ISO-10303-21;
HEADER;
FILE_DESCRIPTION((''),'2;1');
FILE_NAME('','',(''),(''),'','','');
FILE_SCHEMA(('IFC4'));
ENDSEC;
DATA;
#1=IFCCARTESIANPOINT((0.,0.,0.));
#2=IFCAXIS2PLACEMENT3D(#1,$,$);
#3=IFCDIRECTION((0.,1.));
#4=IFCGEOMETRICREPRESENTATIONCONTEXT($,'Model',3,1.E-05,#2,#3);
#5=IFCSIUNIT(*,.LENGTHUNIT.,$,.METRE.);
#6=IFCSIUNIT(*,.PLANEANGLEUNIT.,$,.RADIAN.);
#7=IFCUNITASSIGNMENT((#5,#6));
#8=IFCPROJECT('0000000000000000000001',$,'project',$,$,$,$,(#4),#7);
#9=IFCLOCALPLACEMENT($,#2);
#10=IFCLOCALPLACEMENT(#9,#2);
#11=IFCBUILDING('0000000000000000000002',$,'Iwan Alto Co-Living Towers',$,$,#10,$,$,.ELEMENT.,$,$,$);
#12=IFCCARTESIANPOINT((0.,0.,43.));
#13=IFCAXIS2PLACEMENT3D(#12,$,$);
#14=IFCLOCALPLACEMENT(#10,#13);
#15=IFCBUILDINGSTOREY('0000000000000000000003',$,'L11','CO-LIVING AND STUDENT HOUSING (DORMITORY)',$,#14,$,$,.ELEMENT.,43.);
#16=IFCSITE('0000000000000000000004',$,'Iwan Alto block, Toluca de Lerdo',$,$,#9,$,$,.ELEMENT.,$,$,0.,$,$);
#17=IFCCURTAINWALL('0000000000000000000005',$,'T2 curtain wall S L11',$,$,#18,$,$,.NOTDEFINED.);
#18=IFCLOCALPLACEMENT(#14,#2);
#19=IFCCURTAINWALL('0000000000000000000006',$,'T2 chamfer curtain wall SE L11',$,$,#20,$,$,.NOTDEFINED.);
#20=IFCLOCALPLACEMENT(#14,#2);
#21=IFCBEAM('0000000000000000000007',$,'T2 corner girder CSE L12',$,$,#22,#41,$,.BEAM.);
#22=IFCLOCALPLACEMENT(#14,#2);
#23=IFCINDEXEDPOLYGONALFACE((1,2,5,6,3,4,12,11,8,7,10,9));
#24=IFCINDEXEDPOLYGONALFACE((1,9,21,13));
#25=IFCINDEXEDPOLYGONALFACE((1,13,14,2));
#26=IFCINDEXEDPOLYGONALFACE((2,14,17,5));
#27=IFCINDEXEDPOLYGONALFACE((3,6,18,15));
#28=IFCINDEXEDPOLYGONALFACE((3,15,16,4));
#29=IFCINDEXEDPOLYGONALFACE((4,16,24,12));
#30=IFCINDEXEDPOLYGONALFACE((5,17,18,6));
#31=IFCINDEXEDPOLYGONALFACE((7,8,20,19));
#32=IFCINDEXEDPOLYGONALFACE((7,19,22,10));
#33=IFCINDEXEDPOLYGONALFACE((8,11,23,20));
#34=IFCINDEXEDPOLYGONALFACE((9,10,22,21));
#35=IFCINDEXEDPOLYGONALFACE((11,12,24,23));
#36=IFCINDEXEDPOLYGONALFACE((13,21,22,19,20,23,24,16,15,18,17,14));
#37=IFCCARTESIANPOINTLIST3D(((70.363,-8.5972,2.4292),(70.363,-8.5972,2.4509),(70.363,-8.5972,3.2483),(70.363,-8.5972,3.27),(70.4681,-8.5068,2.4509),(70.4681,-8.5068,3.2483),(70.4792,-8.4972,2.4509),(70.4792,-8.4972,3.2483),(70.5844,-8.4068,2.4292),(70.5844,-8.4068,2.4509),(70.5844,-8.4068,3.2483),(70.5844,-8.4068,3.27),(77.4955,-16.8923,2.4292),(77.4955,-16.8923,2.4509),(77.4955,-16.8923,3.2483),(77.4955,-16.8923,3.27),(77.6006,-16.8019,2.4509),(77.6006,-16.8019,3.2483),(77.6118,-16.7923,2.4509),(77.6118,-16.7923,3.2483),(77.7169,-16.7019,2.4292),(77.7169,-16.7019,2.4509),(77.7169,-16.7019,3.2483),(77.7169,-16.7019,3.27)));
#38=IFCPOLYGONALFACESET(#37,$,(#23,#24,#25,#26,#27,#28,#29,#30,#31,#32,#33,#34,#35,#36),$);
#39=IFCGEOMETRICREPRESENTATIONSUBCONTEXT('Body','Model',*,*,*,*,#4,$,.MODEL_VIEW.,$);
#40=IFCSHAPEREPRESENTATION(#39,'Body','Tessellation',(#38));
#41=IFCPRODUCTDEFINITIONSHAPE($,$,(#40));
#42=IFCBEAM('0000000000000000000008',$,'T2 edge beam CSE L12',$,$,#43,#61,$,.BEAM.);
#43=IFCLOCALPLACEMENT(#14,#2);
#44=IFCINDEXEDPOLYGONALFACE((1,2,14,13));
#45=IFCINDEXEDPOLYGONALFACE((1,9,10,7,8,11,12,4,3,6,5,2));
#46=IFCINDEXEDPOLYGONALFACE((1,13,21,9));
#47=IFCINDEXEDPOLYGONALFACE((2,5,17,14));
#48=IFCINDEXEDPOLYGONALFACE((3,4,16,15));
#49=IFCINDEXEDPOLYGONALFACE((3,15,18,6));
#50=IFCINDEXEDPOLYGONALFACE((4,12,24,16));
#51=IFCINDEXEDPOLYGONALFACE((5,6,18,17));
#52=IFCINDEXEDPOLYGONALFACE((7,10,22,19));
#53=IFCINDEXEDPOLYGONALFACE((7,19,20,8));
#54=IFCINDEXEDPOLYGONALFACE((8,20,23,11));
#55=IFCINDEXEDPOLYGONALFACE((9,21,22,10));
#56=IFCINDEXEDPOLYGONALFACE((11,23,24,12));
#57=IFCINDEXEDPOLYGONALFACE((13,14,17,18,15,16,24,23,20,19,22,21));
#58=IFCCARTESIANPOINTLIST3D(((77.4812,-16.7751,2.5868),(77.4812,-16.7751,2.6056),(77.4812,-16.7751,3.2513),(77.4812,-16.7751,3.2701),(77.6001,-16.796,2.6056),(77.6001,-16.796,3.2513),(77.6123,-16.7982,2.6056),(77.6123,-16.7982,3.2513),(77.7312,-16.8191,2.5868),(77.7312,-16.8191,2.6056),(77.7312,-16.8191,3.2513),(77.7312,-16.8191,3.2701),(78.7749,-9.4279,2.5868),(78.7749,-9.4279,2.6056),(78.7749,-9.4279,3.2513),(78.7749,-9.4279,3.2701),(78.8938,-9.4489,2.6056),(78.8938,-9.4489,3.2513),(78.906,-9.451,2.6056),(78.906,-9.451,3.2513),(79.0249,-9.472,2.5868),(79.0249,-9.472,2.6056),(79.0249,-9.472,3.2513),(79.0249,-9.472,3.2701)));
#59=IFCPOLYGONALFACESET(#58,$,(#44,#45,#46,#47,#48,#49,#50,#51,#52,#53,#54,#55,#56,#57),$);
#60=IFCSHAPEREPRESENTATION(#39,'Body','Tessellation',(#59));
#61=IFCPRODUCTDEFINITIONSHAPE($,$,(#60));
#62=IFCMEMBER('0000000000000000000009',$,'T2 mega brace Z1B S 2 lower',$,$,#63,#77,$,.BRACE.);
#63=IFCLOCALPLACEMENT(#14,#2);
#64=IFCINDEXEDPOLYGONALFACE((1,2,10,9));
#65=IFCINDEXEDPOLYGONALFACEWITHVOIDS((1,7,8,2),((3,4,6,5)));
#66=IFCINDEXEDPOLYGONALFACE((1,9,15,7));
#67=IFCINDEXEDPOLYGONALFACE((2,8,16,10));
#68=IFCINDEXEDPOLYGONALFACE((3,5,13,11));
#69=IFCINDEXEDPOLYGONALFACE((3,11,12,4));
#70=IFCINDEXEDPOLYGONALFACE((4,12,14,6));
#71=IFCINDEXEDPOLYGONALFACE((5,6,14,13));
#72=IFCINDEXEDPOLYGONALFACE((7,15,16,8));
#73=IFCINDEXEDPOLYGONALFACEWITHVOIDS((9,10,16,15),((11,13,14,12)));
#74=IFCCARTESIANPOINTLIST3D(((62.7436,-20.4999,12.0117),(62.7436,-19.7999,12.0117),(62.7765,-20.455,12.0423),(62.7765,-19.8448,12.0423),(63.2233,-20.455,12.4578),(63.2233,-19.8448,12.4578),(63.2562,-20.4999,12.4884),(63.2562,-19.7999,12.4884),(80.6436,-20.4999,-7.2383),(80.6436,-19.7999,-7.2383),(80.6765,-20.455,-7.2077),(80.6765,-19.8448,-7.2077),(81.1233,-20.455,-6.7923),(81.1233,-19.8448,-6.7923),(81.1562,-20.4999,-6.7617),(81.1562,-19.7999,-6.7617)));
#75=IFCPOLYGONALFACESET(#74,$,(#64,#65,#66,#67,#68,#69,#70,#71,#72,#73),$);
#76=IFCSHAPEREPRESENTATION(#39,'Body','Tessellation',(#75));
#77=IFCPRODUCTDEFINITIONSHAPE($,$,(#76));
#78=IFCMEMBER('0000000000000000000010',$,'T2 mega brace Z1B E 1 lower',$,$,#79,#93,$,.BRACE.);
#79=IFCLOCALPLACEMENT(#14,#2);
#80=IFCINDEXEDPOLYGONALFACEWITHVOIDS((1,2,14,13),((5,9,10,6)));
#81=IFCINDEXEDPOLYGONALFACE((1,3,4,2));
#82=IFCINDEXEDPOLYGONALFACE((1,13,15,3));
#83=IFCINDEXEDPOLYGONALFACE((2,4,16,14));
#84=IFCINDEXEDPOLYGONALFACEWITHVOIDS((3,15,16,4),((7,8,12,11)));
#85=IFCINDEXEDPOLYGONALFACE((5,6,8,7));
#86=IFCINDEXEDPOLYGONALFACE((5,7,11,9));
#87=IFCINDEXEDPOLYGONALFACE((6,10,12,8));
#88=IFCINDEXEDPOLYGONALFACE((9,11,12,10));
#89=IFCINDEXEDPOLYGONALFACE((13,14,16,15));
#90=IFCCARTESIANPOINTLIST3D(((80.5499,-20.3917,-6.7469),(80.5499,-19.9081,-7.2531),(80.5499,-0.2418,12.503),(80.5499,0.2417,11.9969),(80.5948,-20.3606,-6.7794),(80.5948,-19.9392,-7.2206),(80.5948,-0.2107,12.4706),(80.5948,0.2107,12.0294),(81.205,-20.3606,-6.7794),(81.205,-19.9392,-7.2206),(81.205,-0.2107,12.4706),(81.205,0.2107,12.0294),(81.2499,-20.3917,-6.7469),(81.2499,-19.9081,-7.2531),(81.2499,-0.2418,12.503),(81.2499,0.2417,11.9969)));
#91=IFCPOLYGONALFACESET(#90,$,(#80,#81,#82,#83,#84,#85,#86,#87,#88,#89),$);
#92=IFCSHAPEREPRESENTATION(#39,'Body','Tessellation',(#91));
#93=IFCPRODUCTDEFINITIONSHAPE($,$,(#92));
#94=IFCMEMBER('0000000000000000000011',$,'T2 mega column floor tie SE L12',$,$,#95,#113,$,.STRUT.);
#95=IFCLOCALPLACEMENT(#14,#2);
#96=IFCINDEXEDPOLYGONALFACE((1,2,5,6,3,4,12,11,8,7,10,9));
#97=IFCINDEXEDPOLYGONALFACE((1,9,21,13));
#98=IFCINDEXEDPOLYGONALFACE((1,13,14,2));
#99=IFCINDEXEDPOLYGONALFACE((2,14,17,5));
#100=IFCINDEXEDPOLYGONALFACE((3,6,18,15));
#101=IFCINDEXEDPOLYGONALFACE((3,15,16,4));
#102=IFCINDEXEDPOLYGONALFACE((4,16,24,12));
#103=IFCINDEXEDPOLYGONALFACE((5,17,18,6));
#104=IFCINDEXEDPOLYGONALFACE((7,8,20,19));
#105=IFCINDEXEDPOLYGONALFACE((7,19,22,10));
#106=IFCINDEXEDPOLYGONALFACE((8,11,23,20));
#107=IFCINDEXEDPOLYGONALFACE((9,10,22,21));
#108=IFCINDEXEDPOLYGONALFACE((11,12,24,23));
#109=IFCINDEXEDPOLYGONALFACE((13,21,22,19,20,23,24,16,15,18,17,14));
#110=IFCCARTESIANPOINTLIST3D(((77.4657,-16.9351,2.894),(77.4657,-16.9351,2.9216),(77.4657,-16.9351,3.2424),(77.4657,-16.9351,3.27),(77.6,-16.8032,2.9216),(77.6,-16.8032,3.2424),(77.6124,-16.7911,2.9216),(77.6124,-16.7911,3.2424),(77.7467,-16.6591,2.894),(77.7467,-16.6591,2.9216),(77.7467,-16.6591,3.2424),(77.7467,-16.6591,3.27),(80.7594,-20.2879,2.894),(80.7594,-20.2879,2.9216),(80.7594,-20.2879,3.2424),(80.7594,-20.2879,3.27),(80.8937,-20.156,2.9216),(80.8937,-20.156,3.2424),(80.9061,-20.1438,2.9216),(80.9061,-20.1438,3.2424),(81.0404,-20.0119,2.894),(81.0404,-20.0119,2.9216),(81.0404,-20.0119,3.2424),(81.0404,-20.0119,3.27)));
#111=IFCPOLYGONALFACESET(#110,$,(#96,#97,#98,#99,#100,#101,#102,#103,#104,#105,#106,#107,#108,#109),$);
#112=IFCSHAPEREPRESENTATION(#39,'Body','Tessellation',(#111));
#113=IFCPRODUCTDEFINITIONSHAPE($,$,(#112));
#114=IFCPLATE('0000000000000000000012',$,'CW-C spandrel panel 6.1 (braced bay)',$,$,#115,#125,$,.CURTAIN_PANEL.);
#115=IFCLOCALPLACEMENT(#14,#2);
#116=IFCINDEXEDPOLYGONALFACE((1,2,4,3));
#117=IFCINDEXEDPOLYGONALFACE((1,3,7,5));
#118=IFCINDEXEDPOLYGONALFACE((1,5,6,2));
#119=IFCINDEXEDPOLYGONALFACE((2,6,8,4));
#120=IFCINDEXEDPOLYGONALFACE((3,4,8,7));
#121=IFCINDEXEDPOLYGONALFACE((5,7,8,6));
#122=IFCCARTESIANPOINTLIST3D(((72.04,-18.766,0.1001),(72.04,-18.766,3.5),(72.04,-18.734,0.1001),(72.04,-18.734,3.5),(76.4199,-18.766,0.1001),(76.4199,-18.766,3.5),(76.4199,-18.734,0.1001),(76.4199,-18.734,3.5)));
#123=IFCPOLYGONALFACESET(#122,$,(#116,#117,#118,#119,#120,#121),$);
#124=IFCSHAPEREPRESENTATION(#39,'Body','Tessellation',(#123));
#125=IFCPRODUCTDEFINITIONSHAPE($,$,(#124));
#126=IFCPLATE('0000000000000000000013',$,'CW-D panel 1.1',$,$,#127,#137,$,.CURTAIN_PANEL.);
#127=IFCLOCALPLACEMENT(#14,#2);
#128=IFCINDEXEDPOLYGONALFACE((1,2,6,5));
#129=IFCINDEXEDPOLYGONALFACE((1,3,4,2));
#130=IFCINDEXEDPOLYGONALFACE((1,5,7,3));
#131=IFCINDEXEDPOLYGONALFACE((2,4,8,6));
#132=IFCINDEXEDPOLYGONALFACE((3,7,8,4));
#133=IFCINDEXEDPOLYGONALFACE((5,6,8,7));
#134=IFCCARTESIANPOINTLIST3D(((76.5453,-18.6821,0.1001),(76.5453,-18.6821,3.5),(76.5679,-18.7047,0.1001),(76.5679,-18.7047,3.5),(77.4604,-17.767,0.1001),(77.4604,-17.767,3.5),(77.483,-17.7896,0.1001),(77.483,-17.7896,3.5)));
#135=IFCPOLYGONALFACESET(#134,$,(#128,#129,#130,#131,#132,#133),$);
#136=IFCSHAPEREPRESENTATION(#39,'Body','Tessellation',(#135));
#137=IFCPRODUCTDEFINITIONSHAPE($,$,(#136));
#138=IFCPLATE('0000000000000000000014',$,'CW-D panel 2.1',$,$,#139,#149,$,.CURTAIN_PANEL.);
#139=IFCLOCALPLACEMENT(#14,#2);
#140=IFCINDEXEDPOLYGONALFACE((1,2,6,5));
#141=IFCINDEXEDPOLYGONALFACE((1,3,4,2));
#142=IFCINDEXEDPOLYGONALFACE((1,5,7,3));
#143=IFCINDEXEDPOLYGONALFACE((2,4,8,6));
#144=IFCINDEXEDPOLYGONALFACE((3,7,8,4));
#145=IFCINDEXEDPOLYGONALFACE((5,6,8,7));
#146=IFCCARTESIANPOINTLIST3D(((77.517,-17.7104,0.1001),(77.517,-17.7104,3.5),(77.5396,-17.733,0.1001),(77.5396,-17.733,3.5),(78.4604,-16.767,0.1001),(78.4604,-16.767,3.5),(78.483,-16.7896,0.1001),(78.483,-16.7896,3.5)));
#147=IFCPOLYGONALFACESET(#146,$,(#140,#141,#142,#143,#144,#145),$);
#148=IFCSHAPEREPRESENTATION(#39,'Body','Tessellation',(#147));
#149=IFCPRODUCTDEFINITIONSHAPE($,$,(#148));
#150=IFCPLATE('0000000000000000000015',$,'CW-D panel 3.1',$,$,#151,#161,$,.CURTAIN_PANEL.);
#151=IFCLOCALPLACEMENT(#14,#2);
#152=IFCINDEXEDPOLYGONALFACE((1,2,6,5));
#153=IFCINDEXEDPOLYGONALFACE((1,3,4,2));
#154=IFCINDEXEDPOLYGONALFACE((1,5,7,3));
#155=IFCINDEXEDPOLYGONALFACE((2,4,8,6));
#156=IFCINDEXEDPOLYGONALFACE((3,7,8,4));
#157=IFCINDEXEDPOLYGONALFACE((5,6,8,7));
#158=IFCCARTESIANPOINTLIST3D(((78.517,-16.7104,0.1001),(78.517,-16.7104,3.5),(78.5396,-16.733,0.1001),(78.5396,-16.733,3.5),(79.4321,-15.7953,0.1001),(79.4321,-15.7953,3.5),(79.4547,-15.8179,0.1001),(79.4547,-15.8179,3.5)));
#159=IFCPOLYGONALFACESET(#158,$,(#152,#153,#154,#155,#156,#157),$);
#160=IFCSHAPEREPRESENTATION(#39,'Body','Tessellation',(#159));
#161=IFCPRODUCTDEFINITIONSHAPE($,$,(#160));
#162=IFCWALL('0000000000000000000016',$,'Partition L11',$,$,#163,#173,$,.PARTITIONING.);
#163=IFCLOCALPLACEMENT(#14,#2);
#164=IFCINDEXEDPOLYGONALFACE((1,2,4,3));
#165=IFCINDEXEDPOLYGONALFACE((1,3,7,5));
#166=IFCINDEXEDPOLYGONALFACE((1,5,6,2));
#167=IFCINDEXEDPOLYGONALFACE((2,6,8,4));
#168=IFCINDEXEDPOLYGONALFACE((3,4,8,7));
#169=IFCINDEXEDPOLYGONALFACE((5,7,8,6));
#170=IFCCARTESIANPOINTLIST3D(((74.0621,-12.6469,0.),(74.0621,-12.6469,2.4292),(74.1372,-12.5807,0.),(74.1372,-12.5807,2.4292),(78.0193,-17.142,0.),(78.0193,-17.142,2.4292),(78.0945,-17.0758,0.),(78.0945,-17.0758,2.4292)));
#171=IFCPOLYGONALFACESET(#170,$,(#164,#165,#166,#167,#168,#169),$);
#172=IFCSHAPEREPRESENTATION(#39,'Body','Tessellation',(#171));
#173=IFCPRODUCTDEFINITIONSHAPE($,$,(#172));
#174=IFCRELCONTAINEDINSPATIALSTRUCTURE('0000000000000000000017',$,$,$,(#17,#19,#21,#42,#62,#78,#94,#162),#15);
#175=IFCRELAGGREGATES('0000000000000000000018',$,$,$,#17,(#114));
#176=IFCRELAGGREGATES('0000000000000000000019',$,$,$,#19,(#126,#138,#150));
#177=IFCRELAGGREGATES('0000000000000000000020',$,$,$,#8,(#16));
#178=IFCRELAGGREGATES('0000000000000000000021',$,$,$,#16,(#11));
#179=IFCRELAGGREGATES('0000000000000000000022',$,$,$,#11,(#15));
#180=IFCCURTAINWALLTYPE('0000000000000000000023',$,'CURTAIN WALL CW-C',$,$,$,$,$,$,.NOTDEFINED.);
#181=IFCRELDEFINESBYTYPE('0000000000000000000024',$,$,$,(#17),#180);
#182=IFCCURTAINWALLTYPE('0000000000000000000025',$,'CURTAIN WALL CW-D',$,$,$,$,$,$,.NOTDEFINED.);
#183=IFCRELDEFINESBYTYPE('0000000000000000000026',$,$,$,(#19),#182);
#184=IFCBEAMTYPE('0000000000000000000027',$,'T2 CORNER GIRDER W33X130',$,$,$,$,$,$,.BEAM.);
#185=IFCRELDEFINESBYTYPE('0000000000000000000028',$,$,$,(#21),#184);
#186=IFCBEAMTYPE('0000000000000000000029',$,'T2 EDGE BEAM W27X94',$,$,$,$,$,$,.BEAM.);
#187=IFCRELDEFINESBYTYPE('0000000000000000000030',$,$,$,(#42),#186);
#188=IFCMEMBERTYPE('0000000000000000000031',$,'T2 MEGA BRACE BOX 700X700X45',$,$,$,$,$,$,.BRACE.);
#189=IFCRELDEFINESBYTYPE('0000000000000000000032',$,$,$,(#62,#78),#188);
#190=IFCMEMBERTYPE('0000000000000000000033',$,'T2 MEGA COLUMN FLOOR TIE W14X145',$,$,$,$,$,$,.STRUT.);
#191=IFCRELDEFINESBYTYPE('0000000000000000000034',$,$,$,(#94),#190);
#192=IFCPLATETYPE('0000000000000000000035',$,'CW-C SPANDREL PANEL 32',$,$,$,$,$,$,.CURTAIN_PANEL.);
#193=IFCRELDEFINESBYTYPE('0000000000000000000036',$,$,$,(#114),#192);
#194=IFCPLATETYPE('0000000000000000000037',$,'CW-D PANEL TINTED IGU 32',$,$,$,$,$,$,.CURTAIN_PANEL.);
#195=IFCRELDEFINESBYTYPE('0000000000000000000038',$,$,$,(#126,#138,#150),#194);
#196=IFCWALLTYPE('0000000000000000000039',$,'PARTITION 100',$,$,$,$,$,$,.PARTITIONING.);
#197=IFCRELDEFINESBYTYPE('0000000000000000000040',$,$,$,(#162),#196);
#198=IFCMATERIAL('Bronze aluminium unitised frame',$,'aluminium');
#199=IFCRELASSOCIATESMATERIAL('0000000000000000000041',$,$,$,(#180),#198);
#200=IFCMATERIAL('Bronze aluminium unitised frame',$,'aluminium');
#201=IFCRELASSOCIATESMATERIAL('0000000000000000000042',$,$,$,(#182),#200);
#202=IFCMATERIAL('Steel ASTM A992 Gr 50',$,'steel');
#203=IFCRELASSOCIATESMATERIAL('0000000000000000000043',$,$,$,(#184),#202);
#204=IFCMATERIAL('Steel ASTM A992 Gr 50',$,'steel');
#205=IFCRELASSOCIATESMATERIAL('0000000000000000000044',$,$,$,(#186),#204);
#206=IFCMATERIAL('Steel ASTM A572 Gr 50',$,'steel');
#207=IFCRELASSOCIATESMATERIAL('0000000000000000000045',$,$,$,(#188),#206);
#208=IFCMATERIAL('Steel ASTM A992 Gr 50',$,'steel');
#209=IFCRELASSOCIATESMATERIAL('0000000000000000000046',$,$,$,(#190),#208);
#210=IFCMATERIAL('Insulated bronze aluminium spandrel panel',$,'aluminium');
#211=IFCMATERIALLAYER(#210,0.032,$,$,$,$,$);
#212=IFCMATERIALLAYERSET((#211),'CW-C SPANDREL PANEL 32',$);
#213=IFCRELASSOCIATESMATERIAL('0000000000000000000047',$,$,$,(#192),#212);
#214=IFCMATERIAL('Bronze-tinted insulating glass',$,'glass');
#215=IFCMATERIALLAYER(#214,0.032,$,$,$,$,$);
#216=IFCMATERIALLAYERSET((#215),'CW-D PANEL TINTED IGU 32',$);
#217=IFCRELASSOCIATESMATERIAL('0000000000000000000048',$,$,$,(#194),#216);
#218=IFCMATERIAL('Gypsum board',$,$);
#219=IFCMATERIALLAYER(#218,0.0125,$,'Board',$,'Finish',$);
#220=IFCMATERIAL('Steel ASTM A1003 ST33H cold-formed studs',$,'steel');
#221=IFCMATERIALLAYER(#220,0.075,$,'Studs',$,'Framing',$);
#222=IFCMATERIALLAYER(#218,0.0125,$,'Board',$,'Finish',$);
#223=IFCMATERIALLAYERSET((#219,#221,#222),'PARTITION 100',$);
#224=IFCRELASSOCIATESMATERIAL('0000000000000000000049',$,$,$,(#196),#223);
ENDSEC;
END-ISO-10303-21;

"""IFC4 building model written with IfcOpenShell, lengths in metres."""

from ifc_helpers import new_model, si_unit, direction, frame, frame_2d, origin, origin_2d, place, context, subcontext, project, spatial, rectangle, hollow_rectangle, i_section, extrude, material, layer, layer_set, material_profile, profile_set, type_object, element, aggregate, save


model = new_model("IFC4")

# Units and contexts
model_context = context("Model", 3, precision=1e-05, world=origin(), true_north=direction((0.0, 1.0)))
body_context = subcontext(model_context, "Body", "Model", "MODEL_VIEW")
ifc_project = project(units=[si_unit("LENGTHUNIT", "METRE"), si_unit("PLANEANGLEUNIT", "RADIAN")], contexts=[model_context])

# Site, building, storey
site_placement = place(None, origin())
site = spatial("IfcSite", under=ifc_project, at=site_placement, Name="Iwan Alto block, Toluca de Lerdo", CompositionType="ELEMENT", RefElevation=0.0)
building_placement = place(site_placement, origin())
building = spatial("IfcBuilding", under=site, at=building_placement, Name="Iwan Alto Co-Living Towers", CompositionType="ELEMENT")
storey_placement = place(building_placement, frame((0.0, 0.0, 43.0)))
storey = spatial("IfcBuildingStorey", under=building, at=storey_placement, Name="L11", Description="CO-LIVING AND STUDENT HOUSING (DORMITORY)", CompositionType="ELEMENT", Elevation=43.0)

# Curtain wall
ifc_material_1 = material(Name="Bronze aluminium unitised frame", Category="aluminium")
curtain_wall_type_1 = type_object("IfcCurtainWallType", Name="CURTAIN WALL CW-C", PredefinedType="NOTDEFINED", material=ifc_material_1)
curtain_wall_1_placement = place(storey_placement, origin())
curtain_wall_1 = element("IfcCurtainWall", 1, at=curtain_wall_1_placement, inside=storey, type_object=curtain_wall_type_1, Name="T2 curtain wall S L11", PredefinedType="NOTDEFINED")

# Curtain wall
ifc_material_2 = material(Name="Bronze aluminium unitised frame", Category="aluminium")
curtain_wall_type_2 = type_object("IfcCurtainWallType", Name="CURTAIN WALL CW-D", PredefinedType="NOTDEFINED", material=ifc_material_2)
curtain_wall_2_placement = place(storey_placement, origin())
curtain_wall_2 = element("IfcCurtainWall", 2, at=curtain_wall_2_placement, inside=storey, type_object=curtain_wall_type_2, Name="T2 chamfer curtain wall SE L11", PredefinedType="NOTDEFINED")

# Beams
ifc_material_3 = material(Name="Steel ASTM A992 Gr 50", Category="steel")
ifc_material_profile_1 = material_profile(ifc_material_3, i_section(OverallWidth=0.292, OverallDepth=0.8408, WebThickness=0.0146, FlangeThickness=0.0217, at=origin_2d()), Name="W33X130")
ifc_profile_set_1 = profile_set([ifc_material_profile_1], Name="Steel ASTM A992 Gr 50")
beam_type_1 = type_object("IfcBeamType", Name="T2 CORNER GIRDER W33X130", PredefinedType="BEAM", material=ifc_profile_set_1)
beam_1_placement = place(storey_placement, frame((77.6062, -16.7971, 2.8496), z_axis=(-0.651972, 0.758243, 0.0), x_axis=(-0.758243, -0.651972, 0.0)))
element("IfcBeam", 3, at=beam_1_placement, inside=storey, type_object=beam_type_1, Name="T2 corner girder CSE L12", PredefinedType="BEAM", context=body_context, shape_type="SweptSolid", body=[
    extrude(i_section(OverallWidth=0.292, OverallDepth=0.8408, WebThickness=0.0146, FlangeThickness=0.0217, at=origin_2d()), origin(), (0.0, 0.0, 1.0), 10.9399),
])
ifc_material_4 = material(Name="Steel ASTM A992 Gr 50", Category="steel")
ifc_material_profile_2 = material_profile(ifc_material_4, i_section(OverallWidth=0.2539, OverallDepth=0.6833, WebThickness=0.0125, FlangeThickness=0.0188, at=origin_2d()), Name="W27X94")
ifc_profile_set_2 = profile_set([ifc_material_profile_2], Name="Steel ASTM A992 Gr 50")
beam_type_2 = type_object("IfcBeamType", Name="T2 EDGE BEAM W27X94", PredefinedType="BEAM", material=ifc_profile_set_2)
beam_2_placement = place(storey_placement, frame((77.6062, -16.7971, 2.9285), z_axis=(0.173414, 0.984849, 0.0), x_axis=(-0.984849, 0.173414, 0.0)))
element("IfcBeam", 4, at=beam_2_placement, inside=storey, type_object=beam_type_2, Name="T2 edge beam CSE L12", PredefinedType="BEAM", context=body_context, shape_type="SweptSolid", body=[
    extrude(i_section(OverallWidth=0.2539, OverallDepth=0.6833, WebThickness=0.0125, FlangeThickness=0.0188, at=origin_2d()), origin(), (0.0, 0.0, 1.0), 7.4602),
])

# Members
ifc_material_5 = material(Name="Steel ASTM A572 Gr 50", Category="steel")
ifc_material_profile_3 = material_profile(ifc_material_5, hollow_rectangle(XDim=0.7, YDim=0.7, WallThickness=0.0449, at=origin_2d()), Name="BOX 700X700X45")
ifc_profile_set_3 = profile_set([ifc_material_profile_3], Name="Steel ASTM A572 Gr 50")
member_type_1 = type_object("IfcMemberType", Name="T2 MEGA BRACE BOX 700X700X45", PredefinedType="BRACE", material=ifc_profile_set_3)
member_1_placement = place(storey_placement, frame((80.8999, -20.1499, -7.0), z_axis=(-0.68096, 0.0, 0.732321), x_axis=(0.0, -1.0, 0.0)))
element("IfcMember", 5, at=member_1_placement, inside=storey, type_object=member_type_1, Name="T2 mega brace Z1B S 2 lower", PredefinedType="BRACE", context=body_context, shape_type="SweptSolid", body=[
    extrude(hollow_rectangle(XDim=0.7, YDim=0.7, WallThickness=0.0449, at=origin_2d()), origin(), (0.0, 0.0, 1.0), 26.2864),
])
member_2_placement = place(storey_placement, frame((80.8999, -20.1499, -7.0), z_axis=(0.0, 0.723069, 0.690776), x_axis=(-1.0, 0.0, 0.0)))
element("IfcMember", 6, at=member_2_placement, inside=storey, type_object=member_type_1, Name="T2 mega brace Z1B E 1 lower", PredefinedType="BRACE", context=body_context, shape_type="SweptSolid", body=[
    extrude(hollow_rectangle(XDim=0.7, YDim=0.7, WallThickness=0.0449, at=origin_2d()), origin(), (0.0, 0.0, 1.0), 27.8672),
])
ifc_material_6 = material(Name="Steel ASTM A992 Gr 50", Category="steel")
ifc_material_profile_4 = material_profile(ifc_material_6, i_section(OverallWidth=0.3938, OverallDepth=0.376, WebThickness=0.0173, FlangeThickness=0.0276, at=origin_2d()), Name="W14X145")
ifc_profile_set_4 = profile_set([ifc_material_profile_4], Name="Steel ASTM A992 Gr 50")
member_type_2 = type_object("IfcMemberType", Name="T2 MEGA COLUMN FLOOR TIE W14X145", PredefinedType="STRUT", material=ifc_profile_set_4)
member_3_placement = place(storey_placement, frame((80.8999, -20.1499, 3.082), z_axis=(-0.700793, 0.713364, 0.0), x_axis=(-0.713364, -0.700793, 0.0)))
element("IfcMember", 7, at=member_3_placement, inside=storey, type_object=member_type_2, Name="T2 mega column floor tie SE L12", PredefinedType="STRUT", context=body_context, shape_type="SweptSolid", body=[
    extrude(i_section(OverallWidth=0.3938, OverallDepth=0.376, WebThickness=0.0173, FlangeThickness=0.0276, at=origin_2d()), origin(), (0.0, 0.0, 1.0), 4.7),
])

# Plates
ifc_material_7 = material(Name="Insulated bronze aluminium spandrel panel", Category="aluminium")
ifc_layer_1 = layer(ifc_material_7, 0.032)
ifc_layer_set_1 = layer_set([ifc_layer_1], Name="CW-C SPANDREL PANEL 32")
plate_type_1 = type_object("IfcPlateType", Name="CW-C SPANDREL PANEL 32", PredefinedType="CURTAIN_PANEL", material=ifc_layer_set_1)
plate_1_placement = place(storey_placement, frame((74.23, -18.75, 0.1001), z_axis=(0.0, 0.0, 1.0), x_axis=(1.0, 0.0, 0.0)))
plate_1 = element("IfcPlate", 8, at=plate_1_placement, type_object=plate_type_1, Name="CW-C spandrel panel 6.1 (braced bay)", PredefinedType="CURTAIN_PANEL", context=body_context, shape_type="SweptSolid", body=[
    extrude(rectangle(XDim=4.3799, YDim=0.032, at=origin_2d()), origin(), (0.0, 0.0, 1.0), 3.3999),
])
aggregate(curtain_wall_1, [plate_1])
ifc_material_8 = material(Name="Bronze-tinted insulating glass", Category="glass")
ifc_layer_2 = layer(ifc_material_8, 0.032)
ifc_layer_set_2 = layer_set([ifc_layer_2], Name="CW-D PANEL TINTED IGU 32")
plate_type_2 = type_object("IfcPlateType", Name="CW-D PANEL TINTED IGU 32", PredefinedType="CURTAIN_PANEL", material=ifc_layer_set_2)
plate_2_placement = place(storey_placement, frame((77.0142, -18.2358, 0.1001), z_axis=(0.0, 0.0, 1.0), x_axis=(0.707107, 0.707107, 0.0)))
plate_2 = element("IfcPlate", 9, at=plate_2_placement, type_object=plate_type_2, Name="CW-D panel 1.1", PredefinedType="CURTAIN_PANEL", context=body_context, shape_type="SweptSolid", body=[
    extrude(rectangle(XDim=1.2942, YDim=0.032, at=origin_2d()), origin(), (0.0, 0.0, 1.0), 3.3999),
])
plate_3_placement = place(storey_placement, frame((78.0, -17.25, 0.1001), z_axis=(0.0, 0.0, 1.0), x_axis=(0.707107, 0.707107, 0.0)))
plate_3 = element("IfcPlate", 10, at=plate_3_placement, type_object=plate_type_2, Name="CW-D panel 2.1", PredefinedType="CURTAIN_PANEL", context=body_context, shape_type="SweptSolid", body=[
    extrude(rectangle(XDim=1.3342, YDim=0.032, at=origin_2d()), origin(), (0.0, 0.0, 1.0), 3.3999),
])
plate_4_placement = place(storey_placement, frame((78.9858, -16.2642, 0.1001), z_axis=(0.0, 0.0, 1.0), x_axis=(0.707107, 0.707107, 0.0)))
plate_4 = element("IfcPlate", 11, at=plate_4_placement, type_object=plate_type_2, Name="CW-D panel 3.1", PredefinedType="CURTAIN_PANEL", context=body_context, shape_type="SweptSolid", body=[
    extrude(rectangle(XDim=1.2942, YDim=0.032, at=origin_2d()), origin(), (0.0, 0.0, 1.0), 3.3999),
])
aggregate(curtain_wall_2, [plate_2, plate_3, plate_4])

# Wall
ifc_material_9 = material(Name="Gypsum board")
ifc_layer_3 = layer(ifc_material_9, 0.0125, Name="Board", Category="Finish")
ifc_material_10 = material(Name="Steel ASTM A1003 ST33H cold-formed studs", Category="steel")
ifc_layer_4 = layer(ifc_material_10, 0.075, Name="Studs", Category="Framing")
ifc_layer_5 = layer(ifc_material_9, 0.0125, Name="Board", Category="Finish")
ifc_layer_set_3 = layer_set([ifc_layer_3, ifc_layer_4, ifc_layer_5], Name="PARTITION 100")
wall_type = type_object("IfcWallType", Name="PARTITION 100", PredefinedType="PARTITIONING", material=ifc_layer_set_3)
wall_placement = place(storey_placement, frame((78.0569, -17.1089, 0.0), z_axis=(0.0, 0.0, 1.0), x_axis=(-0.660776, 0.750583, 0.0)))
element("IfcWall", 12, at=wall_placement, inside=storey, type_object=wall_type, Name="Partition L11", PredefinedType="PARTITIONING", context=body_context, shape_type="SweptSolid", body=[
    extrude(rectangle(XDim=5.9888, YDim=0.1001, at=frame_2d((2.9944, 0.0))), origin(), (0.0, 0.0, 1.0), 2.4292),
])

save(model, "model.ifc")
